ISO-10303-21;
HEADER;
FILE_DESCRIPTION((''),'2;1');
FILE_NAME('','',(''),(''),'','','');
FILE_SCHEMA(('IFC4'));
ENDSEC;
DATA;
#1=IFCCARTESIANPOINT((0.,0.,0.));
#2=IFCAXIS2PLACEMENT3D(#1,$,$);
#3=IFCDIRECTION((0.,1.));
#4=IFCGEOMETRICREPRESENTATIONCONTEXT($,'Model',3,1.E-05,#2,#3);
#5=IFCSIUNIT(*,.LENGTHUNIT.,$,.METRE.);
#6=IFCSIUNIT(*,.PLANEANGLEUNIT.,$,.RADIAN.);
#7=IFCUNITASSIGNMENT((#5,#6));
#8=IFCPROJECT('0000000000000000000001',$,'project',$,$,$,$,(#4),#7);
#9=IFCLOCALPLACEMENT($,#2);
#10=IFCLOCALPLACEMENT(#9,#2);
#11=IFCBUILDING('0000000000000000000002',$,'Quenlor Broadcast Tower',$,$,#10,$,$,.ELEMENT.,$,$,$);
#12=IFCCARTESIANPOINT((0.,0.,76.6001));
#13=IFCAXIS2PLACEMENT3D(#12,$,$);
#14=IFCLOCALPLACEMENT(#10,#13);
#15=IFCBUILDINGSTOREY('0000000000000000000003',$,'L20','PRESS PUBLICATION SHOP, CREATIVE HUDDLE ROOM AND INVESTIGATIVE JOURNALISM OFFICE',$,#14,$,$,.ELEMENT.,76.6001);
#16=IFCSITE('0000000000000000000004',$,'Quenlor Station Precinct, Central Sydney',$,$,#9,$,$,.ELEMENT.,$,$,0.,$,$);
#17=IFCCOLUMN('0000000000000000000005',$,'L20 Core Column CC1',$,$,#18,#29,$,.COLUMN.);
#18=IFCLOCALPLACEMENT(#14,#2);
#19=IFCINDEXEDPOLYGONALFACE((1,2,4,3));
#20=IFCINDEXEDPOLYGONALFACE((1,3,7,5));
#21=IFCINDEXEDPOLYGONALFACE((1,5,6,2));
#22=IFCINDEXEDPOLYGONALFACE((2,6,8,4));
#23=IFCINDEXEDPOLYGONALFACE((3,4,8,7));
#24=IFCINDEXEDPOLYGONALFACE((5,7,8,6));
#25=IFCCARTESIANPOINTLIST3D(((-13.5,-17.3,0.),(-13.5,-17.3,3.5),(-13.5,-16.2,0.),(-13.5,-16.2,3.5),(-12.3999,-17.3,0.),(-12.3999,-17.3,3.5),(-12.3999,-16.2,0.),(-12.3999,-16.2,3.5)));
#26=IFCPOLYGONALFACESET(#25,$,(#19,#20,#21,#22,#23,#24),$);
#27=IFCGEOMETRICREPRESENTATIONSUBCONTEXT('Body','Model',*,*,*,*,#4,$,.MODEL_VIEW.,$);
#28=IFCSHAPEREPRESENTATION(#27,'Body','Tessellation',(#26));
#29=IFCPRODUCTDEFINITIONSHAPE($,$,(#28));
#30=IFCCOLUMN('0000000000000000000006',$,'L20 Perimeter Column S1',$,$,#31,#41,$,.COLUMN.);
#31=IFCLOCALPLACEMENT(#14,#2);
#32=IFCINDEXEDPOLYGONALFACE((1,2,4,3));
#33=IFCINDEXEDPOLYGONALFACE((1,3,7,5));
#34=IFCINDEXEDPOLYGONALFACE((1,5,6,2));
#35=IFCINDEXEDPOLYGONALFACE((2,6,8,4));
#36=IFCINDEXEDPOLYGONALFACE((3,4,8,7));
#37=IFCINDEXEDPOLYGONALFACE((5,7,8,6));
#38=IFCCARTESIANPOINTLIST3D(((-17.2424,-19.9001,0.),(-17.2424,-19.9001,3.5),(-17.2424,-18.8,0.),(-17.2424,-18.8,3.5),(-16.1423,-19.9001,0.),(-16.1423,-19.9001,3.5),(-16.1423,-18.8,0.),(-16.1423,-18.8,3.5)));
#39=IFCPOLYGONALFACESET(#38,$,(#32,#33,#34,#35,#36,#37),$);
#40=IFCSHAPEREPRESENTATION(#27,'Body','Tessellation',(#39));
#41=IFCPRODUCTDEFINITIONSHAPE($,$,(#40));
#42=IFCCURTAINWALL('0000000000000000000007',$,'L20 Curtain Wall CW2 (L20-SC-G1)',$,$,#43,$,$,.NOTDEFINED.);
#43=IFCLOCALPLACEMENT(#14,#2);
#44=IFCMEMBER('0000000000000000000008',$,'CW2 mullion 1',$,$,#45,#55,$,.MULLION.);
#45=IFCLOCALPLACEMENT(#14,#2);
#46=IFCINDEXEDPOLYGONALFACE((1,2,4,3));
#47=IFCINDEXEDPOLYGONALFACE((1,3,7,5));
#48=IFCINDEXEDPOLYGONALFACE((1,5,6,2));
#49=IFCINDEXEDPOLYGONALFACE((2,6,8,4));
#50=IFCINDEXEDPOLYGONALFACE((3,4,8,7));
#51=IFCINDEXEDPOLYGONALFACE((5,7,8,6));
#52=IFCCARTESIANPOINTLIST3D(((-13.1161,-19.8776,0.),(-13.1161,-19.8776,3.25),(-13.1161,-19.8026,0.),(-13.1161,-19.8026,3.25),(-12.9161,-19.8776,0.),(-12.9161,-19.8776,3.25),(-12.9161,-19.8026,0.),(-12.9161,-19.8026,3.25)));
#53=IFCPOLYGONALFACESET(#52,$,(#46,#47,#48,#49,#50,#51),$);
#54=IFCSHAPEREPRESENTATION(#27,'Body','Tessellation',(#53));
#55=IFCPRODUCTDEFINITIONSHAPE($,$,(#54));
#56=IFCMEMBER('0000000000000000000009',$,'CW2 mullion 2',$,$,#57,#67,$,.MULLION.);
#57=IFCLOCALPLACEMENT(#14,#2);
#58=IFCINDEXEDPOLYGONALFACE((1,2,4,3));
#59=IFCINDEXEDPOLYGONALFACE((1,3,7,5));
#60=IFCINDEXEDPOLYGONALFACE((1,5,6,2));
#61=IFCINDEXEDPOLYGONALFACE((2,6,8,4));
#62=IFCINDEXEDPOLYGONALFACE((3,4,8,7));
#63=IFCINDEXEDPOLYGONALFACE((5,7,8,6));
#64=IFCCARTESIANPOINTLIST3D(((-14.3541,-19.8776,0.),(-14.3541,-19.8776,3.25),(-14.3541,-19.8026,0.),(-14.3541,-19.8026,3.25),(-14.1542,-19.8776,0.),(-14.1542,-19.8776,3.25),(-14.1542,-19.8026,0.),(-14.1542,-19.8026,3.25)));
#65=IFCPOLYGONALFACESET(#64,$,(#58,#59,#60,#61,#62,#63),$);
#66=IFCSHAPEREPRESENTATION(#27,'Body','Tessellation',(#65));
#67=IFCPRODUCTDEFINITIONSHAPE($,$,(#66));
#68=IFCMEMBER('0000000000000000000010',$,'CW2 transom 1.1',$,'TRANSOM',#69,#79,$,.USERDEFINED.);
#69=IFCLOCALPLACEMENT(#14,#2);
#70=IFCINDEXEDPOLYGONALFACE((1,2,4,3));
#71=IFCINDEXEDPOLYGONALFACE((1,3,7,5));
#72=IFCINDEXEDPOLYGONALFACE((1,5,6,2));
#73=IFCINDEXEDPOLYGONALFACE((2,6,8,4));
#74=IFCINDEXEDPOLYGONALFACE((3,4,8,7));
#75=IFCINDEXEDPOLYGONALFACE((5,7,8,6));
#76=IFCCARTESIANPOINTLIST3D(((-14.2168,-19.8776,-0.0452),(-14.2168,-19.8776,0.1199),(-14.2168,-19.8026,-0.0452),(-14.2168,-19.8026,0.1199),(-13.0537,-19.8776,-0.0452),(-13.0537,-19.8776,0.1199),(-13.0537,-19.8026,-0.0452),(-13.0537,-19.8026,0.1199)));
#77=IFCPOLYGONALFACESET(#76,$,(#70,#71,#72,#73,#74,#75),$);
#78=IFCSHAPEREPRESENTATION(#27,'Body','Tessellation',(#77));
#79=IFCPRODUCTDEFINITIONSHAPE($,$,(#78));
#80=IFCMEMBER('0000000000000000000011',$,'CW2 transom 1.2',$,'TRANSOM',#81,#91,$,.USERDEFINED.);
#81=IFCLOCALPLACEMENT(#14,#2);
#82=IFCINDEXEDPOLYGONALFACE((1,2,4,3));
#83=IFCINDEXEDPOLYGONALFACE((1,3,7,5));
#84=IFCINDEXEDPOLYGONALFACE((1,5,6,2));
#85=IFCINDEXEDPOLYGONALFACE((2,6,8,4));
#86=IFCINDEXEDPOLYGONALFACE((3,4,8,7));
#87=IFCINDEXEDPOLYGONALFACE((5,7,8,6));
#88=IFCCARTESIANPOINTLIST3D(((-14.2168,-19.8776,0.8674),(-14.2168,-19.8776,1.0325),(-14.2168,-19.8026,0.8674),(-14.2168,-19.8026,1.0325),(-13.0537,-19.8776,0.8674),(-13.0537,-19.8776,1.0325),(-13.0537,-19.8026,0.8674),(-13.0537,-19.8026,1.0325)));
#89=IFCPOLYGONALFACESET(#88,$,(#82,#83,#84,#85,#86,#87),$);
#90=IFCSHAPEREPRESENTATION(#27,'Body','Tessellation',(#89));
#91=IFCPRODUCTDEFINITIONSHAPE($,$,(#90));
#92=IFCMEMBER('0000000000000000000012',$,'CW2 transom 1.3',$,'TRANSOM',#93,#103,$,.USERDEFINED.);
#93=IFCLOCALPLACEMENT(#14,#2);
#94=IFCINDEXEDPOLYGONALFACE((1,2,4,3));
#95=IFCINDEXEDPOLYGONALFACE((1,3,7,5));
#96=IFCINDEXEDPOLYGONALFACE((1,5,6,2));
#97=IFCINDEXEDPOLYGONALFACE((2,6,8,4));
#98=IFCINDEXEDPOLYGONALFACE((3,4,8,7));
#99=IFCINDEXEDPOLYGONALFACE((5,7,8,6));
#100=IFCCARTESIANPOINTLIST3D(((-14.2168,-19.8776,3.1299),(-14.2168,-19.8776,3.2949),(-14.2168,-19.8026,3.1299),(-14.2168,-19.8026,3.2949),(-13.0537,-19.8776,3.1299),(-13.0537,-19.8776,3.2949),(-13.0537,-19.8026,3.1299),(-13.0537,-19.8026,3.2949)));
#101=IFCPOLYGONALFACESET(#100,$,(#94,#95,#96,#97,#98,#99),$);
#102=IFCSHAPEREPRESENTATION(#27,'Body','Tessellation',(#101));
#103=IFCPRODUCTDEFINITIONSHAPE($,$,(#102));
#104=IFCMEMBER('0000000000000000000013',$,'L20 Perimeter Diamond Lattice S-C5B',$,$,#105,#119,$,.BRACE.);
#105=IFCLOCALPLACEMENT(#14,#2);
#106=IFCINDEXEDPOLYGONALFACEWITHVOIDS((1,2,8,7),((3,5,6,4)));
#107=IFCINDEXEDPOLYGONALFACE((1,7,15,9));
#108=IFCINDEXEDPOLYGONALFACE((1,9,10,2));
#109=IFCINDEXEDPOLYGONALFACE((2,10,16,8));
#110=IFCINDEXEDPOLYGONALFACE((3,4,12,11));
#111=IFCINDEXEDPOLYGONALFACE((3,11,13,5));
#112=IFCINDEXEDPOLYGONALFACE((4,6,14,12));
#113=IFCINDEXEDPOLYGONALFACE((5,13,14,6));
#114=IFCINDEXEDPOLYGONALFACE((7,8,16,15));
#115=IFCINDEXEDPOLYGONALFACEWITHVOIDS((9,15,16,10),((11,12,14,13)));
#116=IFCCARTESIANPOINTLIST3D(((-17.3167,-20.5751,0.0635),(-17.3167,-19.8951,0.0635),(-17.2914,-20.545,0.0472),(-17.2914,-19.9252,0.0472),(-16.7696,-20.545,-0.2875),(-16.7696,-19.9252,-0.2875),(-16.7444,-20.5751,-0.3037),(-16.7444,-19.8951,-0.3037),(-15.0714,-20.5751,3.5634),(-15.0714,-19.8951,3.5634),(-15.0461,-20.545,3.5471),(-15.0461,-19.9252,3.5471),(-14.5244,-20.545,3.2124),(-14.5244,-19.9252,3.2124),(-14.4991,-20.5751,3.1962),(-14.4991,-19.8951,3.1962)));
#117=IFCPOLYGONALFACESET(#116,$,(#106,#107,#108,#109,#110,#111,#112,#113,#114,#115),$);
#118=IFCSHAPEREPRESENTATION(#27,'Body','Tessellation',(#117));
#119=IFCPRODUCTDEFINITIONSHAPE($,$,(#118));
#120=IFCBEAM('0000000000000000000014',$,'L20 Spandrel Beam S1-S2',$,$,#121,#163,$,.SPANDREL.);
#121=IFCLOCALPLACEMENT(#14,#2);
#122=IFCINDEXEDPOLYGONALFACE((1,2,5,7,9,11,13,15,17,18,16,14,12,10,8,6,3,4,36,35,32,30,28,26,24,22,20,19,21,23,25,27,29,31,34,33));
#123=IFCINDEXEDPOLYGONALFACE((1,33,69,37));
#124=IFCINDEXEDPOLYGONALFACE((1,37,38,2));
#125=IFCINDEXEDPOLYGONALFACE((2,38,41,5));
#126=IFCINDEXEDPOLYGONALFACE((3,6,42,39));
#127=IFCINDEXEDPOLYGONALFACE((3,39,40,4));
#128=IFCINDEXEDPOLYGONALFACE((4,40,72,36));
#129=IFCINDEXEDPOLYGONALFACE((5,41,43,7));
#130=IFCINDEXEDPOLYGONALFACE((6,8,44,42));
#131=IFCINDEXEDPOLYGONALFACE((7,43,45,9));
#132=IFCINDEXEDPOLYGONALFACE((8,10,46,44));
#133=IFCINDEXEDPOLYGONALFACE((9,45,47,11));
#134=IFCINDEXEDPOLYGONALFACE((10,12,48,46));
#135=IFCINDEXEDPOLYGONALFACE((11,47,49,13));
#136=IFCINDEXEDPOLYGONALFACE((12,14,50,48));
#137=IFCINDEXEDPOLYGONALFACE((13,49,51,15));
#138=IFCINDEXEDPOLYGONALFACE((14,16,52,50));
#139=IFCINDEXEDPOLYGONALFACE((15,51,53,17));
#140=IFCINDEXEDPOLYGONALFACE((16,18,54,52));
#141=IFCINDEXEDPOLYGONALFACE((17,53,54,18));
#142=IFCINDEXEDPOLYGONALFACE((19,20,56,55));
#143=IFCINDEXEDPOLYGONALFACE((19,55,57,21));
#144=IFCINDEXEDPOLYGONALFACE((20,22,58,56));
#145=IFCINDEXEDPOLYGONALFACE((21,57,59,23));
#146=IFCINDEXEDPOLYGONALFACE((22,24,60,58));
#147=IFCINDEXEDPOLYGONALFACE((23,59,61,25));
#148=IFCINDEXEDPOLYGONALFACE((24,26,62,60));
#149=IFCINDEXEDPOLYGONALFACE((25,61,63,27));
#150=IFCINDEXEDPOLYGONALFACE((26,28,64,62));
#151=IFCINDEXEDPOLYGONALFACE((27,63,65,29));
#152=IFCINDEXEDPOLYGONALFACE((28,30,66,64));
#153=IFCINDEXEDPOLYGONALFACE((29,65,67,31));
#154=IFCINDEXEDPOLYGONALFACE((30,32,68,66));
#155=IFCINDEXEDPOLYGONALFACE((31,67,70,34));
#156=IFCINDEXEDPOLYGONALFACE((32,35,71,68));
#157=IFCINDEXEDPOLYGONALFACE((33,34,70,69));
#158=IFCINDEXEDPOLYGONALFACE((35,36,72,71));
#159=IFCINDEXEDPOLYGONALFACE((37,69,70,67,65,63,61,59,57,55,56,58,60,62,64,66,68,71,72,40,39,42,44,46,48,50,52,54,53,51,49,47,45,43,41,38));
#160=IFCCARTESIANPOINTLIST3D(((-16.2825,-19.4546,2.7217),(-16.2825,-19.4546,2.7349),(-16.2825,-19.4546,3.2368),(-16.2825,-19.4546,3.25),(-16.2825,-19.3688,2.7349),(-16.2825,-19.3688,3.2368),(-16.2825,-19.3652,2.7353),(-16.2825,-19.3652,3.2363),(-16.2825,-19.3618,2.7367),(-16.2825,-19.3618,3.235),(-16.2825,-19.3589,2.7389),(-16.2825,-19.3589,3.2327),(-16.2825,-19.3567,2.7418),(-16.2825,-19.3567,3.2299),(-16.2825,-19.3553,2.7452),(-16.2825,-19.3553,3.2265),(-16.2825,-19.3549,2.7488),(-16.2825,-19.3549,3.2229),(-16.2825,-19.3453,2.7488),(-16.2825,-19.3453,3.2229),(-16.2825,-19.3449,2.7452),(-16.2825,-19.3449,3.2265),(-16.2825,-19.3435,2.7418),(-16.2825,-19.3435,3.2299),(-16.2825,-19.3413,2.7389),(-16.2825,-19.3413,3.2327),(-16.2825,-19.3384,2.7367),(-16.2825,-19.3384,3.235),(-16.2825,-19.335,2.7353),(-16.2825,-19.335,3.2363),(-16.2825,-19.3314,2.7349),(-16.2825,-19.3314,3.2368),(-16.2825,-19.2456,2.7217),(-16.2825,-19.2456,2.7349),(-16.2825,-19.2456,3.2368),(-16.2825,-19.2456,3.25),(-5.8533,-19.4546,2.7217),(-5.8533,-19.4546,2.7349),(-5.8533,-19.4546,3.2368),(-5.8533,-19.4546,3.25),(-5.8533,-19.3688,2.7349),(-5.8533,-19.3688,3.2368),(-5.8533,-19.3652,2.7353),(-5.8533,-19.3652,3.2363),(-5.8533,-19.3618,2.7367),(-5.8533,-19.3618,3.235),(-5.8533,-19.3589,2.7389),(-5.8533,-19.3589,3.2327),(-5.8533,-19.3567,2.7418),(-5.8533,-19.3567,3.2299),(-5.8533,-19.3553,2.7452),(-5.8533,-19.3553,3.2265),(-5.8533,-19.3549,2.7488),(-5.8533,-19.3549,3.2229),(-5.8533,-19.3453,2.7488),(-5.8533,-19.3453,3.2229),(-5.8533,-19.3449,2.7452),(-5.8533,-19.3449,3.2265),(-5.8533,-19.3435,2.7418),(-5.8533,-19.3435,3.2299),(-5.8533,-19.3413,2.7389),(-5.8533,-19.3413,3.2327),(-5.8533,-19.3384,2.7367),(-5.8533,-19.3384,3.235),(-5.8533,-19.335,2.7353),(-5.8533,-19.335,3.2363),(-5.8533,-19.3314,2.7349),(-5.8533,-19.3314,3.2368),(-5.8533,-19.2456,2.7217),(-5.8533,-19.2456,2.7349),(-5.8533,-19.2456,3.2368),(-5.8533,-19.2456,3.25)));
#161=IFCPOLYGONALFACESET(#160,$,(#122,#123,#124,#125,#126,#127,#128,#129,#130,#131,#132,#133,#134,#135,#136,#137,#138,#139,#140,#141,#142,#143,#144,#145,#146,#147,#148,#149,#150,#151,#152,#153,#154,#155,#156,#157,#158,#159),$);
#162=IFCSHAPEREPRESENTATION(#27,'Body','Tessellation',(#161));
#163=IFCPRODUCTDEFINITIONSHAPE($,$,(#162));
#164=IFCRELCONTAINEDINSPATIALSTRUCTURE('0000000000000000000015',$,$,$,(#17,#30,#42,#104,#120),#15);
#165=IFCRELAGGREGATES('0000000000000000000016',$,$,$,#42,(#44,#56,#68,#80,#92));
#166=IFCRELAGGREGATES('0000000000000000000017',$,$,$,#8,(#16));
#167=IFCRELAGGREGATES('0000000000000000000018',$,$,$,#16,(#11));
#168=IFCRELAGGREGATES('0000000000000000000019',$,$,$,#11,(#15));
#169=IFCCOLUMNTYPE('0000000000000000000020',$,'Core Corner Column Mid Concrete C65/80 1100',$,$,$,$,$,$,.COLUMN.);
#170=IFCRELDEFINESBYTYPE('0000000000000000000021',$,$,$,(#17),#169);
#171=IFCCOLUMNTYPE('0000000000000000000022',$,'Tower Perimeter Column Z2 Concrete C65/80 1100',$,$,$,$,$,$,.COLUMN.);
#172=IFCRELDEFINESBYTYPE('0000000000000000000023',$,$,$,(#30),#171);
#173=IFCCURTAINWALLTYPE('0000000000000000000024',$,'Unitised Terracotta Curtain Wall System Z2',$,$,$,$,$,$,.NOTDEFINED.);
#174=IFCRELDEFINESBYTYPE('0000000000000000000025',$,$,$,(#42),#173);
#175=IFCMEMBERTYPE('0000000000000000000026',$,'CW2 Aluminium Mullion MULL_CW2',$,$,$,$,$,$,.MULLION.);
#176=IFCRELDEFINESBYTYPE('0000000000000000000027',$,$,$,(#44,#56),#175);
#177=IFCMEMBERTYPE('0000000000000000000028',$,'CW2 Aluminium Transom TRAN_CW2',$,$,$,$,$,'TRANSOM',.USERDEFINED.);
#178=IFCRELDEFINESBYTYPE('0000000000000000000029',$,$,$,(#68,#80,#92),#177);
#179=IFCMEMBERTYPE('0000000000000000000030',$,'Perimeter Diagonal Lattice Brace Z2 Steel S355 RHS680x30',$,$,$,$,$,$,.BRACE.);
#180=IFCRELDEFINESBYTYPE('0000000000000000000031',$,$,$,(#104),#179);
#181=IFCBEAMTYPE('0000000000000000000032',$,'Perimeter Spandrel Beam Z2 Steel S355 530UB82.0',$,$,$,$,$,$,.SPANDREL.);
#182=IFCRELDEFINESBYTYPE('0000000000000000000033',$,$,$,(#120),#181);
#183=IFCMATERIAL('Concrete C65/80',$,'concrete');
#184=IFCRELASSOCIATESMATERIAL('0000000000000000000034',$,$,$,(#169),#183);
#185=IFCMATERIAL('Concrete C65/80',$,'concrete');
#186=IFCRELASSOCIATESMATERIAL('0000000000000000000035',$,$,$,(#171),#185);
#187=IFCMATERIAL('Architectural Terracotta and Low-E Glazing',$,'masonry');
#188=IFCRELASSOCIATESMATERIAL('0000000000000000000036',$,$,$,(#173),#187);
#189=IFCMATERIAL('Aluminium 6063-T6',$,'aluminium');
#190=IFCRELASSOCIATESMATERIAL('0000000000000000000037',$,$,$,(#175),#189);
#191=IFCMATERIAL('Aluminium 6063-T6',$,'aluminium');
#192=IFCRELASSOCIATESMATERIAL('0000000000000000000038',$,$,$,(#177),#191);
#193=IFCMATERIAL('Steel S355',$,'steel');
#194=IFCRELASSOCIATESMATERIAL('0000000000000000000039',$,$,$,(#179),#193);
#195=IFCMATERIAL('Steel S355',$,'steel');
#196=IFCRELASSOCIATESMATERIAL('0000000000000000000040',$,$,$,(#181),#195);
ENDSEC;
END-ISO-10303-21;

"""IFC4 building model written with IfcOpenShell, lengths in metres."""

from ifc_helpers import new_model, si_unit, direction, frame, origin, origin_2d, place, context, subcontext, project, spatial, rectangle, hollow_rectangle, i_section, extrude, material, material_profile, profile_set, type_object, element, aggregate, save


model = new_model("IFC4")

# Units and contexts
model_context = context("Model", 3, precision=1e-05, world=origin(), true_north=direction((0.0, 1.0)))
body_context = subcontext(model_context, "Body", "Model", "MODEL_VIEW")
ifc_project = project(units=[si_unit("LENGTHUNIT", "METRE"), si_unit("PLANEANGLEUNIT", "RADIAN")], contexts=[model_context])

# Site, building, storey
site_placement = place(None, origin())
site = spatial("IfcSite", under=ifc_project, at=site_placement, Name="Quenlor Station Precinct, Central Sydney", CompositionType="ELEMENT", RefElevation=0.0)
building_placement = place(site_placement, origin())
building = spatial("IfcBuilding", under=site, at=building_placement, Name="Quenlor Broadcast Tower", CompositionType="ELEMENT")
storey_placement = place(building_placement, frame((0.0, 0.0, 76.6001)))
storey = spatial("IfcBuildingStorey", under=building, at=storey_placement, Name="L20", Description="PRESS PUBLICATION SHOP, CREATIVE HUDDLE ROOM AND INVESTIGATIVE JOURNALISM OFFICE", CompositionType="ELEMENT", Elevation=76.6001)

# Columns
ifc_material_1 = material(Name="Concrete C65/80", Category="concrete")
ifc_material_profile_1 = material_profile(ifc_material_1, rectangle(XDim=1.1001, YDim=1.1001, at=origin_2d()))
ifc_profile_set_1 = profile_set([ifc_material_profile_1], Name="Concrete C65/80 RC1100x1100")
column_type_1 = type_object("IfcColumnType", Name="Core Corner Column Mid Concrete C65/80 1100", PredefinedType="COLUMN", material=ifc_profile_set_1)
column_1_placement = place(storey_placement, frame((-12.95, -16.75, 0.0), z_axis=(0.0, 0.0, 1.0), x_axis=(1.0, 0.0, 0.0)))
element("IfcColumn", 1, at=column_1_placement, inside=storey, type_object=column_type_1, Name="L20 Core Column CC1", PredefinedType="COLUMN", context=body_context, shape_type="SweptSolid", body=[
    extrude(rectangle(XDim=1.1001, YDim=1.1001, at=origin_2d()), origin(), (0.0, 0.0, 1.0), 3.5),
])
ifc_material_2 = material(Name="Concrete C65/80", Category="concrete")
ifc_material_profile_2 = material_profile(ifc_material_2, rectangle(XDim=1.1001, YDim=1.1001, at=origin_2d()))
ifc_profile_set_2 = profile_set([ifc_material_profile_2], Name="Concrete C65/80 RC1100x1100")
column_type_2 = type_object("IfcColumnType", Name="Tower Perimeter Column Z2 Concrete C65/80 1100", PredefinedType="COLUMN", material=ifc_profile_set_2)
column_2_placement = place(storey_placement, frame((-16.6924, -19.3501, 0.0), z_axis=(0.0, 0.0, 1.0), x_axis=(0.0, 1.0, 0.0)))
element("IfcColumn", 2, at=column_2_placement, inside=storey, type_object=column_type_2, Name="L20 Perimeter Column S1", PredefinedType="COLUMN", context=body_context, shape_type="SweptSolid", body=[
    extrude(rectangle(XDim=1.1001, YDim=1.1001, at=origin_2d()), origin(), (0.0, 0.0, 1.0), 3.5),
])

# Curtain wall, members
ifc_material_3 = material(Name="Architectural Terracotta and Low-E Glazing", Category="masonry")
curtain_wall_type = type_object("IfcCurtainWallType", Name="Unitised Terracotta Curtain Wall System Z2", PredefinedType="NOTDEFINED", material=ifc_material_3)
curtain_wall_placement = place(storey_placement, origin())
curtain_wall = element("IfcCurtainWall", 3, at=curtain_wall_placement, inside=storey, type_object=curtain_wall_type, Name="L20 Curtain Wall CW2 (L20-SC-G1)", PredefinedType="NOTDEFINED")
ifc_material_4 = material(Name="Aluminium 6063-T6", Category="aluminium")
ifc_material_profile_3 = material_profile(ifc_material_4, rectangle(XDim=0.075, YDim=0.2, at=origin_2d()))
ifc_profile_set_3 = profile_set([ifc_material_profile_3], Name="Aluminium 6063-T6 MULL75x200")
member_type_1 = type_object("IfcMemberType", Name="CW2 Aluminium Mullion MULL_CW2", PredefinedType="MULLION", material=ifc_profile_set_3)
member_1_placement = place(storey_placement, frame((-13.0161, -19.8401, 0.0), z_axis=(0.0, 0.0, 1.0), x_axis=(0.0, -1.0, 0.0)))
member_1 = element("IfcMember", 4, at=member_1_placement, type_object=member_type_1, Name="CW2 mullion 1", PredefinedType="MULLION", context=body_context, shape_type="SweptSolid", body=[
    extrude(rectangle(XDim=0.075, YDim=0.2, at=origin_2d()), origin(), (0.0, 0.0, 1.0), 3.25),
])
member_2_placement = place(storey_placement, frame((-14.2542, -19.8401, 0.0), z_axis=(0.0, 0.0, 1.0), x_axis=(0.0, -1.0, 0.0)))
member_2 = element("IfcMember", 5, at=member_2_placement, type_object=member_type_1, Name="CW2 mullion 2", PredefinedType="MULLION", context=body_context, shape_type="SweptSolid", body=[
    extrude(rectangle(XDim=0.075, YDim=0.2, at=origin_2d()), origin(), (0.0, 0.0, 1.0), 3.25),
])
ifc_material_5 = material(Name="Aluminium 6063-T6", Category="aluminium")
ifc_material_profile_4 = material_profile(ifc_material_5, rectangle(XDim=0.075, YDim=0.165, at=origin_2d()))
ifc_profile_set_4 = profile_set([ifc_material_profile_4], Name="Aluminium 6063-T6 TRAN75x165")
member_type_2 = type_object("IfcMemberType", Name="CW2 Aluminium Transom TRAN_CW2", ElementType="TRANSOM", PredefinedType="USERDEFINED", material=ifc_profile_set_4)
member_3_placement = place(storey_placement, frame((-13.0537, -19.8401, 0.0374), z_axis=(-1.0, 0.0, 0.0), x_axis=(0.0, -1.0, 0.0)))
member_3 = element("IfcMember", 6, at=member_3_placement, type_object=member_type_2, Name="CW2 transom 1.1", ObjectType="TRANSOM", PredefinedType="USERDEFINED", context=body_context, shape_type="SweptSolid", body=[
    extrude(rectangle(XDim=0.075, YDim=0.165, at=origin_2d()), origin(), (0.0, 0.0, 1.0), 1.1631),
])
member_4_placement = place(storey_placement, frame((-13.0537, -19.8401, 0.95), z_axis=(-1.0, 0.0, 0.0), x_axis=(0.0, -1.0, 0.0)))
member_4 = element("IfcMember", 7, at=member_4_placement, type_object=member_type_2, Name="CW2 transom 1.2", ObjectType="TRANSOM", PredefinedType="USERDEFINED", context=body_context, shape_type="SweptSolid", body=[
    extrude(rectangle(XDim=0.075, YDim=0.165, at=origin_2d()), origin(), (0.0, 0.0, 1.0), 1.1631),
])
member_5_placement = place(storey_placement, frame((-13.0537, -19.8401, 3.2124), z_axis=(-1.0, 0.0, 0.0), x_axis=(0.0, -1.0, 0.0)))
member_5 = element("IfcMember", 8, at=member_5_placement, type_object=member_type_2, Name="CW2 transom 1.3", ObjectType="TRANSOM", PredefinedType="USERDEFINED", context=body_context, shape_type="SweptSolid", body=[
    extrude(rectangle(XDim=0.075, YDim=0.165, at=origin_2d()), origin(), (0.0, 0.0, 1.0), 1.1631),
])

# Member
ifc_material_6 = material(Name="Steel S355", Category="steel")
ifc_material_profile_5 = material_profile(ifc_material_6, hollow_rectangle(XDim=0.6799, YDim=0.6799, WallThickness=0.03, at=origin_2d()))
ifc_profile_set_5 = profile_set([ifc_material_profile_5], Name="Steel S355 RHS680x680x30")
member_type_3 = type_object("IfcMemberType", Name="Perimeter Diagonal Lattice Brace Z2 Steel S355 RHS680x30", PredefinedType="BRACE", material=ifc_profile_set_5)
member_6_placement = place(storey_placement, frame((-17.0305, -20.2351, -0.1201), z_axis=(0.539968, 0.0, 0.841686), x_axis=(0.0, 1.0, 0.0)))
element("IfcMember", 9, at=member_6_placement, inside=storey, type_object=member_type_3, Name="L20 Perimeter Diamond Lattice S-C5B", PredefinedType="BRACE", context=body_context, shape_type="SweptSolid", body=[
    extrude(hollow_rectangle(XDim=0.6799, YDim=0.6799, WallThickness=0.03, at=origin_2d()), origin(), (0.0, 0.0, 1.0), 4.1582),
])

# Beam
ifc_material_7 = material(Name="Steel S355", Category="steel")
ifc_material_profile_6 = material_profile(ifc_material_7, i_section(OverallWidth=0.209, OverallDepth=0.5283, WebThickness=0.0095, FlangeThickness=0.0132, FilletRadius=0.0139, at=origin_2d()))
ifc_profile_set_6 = profile_set([ifc_material_profile_6], Name="Steel S355 530UB82.0")
beam_type_1 = type_object("IfcBeamType", Name="Perimeter Spandrel Beam Z2 Steel S355 530UB82.0", PredefinedType="SPANDREL", material=ifc_profile_set_6)
beam_1_placement = place(storey_placement, frame((-16.2825, -19.3501, 2.9858), z_axis=(1.0, 0.0, 0.0), x_axis=(0.0, 1.0, 0.0)))
element("IfcBeam", 10, at=beam_1_placement, inside=storey, type_object=beam_type_1, Name="L20 Spandrel Beam S1-S2", PredefinedType="SPANDREL", context=body_context, shape_type="SweptSolid", body=[
    extrude(i_section(OverallWidth=0.209, OverallDepth=0.5283, WebThickness=0.0095, FlangeThickness=0.0132, FilletRadius=0.0139, at=origin_2d()), origin(), (0.0, 0.0, 1.0), 10.4292),
])

aggregate(curtain_wall, [member_1, member_2, member_3, member_4, member_5])

save(model, "model.ifc")
